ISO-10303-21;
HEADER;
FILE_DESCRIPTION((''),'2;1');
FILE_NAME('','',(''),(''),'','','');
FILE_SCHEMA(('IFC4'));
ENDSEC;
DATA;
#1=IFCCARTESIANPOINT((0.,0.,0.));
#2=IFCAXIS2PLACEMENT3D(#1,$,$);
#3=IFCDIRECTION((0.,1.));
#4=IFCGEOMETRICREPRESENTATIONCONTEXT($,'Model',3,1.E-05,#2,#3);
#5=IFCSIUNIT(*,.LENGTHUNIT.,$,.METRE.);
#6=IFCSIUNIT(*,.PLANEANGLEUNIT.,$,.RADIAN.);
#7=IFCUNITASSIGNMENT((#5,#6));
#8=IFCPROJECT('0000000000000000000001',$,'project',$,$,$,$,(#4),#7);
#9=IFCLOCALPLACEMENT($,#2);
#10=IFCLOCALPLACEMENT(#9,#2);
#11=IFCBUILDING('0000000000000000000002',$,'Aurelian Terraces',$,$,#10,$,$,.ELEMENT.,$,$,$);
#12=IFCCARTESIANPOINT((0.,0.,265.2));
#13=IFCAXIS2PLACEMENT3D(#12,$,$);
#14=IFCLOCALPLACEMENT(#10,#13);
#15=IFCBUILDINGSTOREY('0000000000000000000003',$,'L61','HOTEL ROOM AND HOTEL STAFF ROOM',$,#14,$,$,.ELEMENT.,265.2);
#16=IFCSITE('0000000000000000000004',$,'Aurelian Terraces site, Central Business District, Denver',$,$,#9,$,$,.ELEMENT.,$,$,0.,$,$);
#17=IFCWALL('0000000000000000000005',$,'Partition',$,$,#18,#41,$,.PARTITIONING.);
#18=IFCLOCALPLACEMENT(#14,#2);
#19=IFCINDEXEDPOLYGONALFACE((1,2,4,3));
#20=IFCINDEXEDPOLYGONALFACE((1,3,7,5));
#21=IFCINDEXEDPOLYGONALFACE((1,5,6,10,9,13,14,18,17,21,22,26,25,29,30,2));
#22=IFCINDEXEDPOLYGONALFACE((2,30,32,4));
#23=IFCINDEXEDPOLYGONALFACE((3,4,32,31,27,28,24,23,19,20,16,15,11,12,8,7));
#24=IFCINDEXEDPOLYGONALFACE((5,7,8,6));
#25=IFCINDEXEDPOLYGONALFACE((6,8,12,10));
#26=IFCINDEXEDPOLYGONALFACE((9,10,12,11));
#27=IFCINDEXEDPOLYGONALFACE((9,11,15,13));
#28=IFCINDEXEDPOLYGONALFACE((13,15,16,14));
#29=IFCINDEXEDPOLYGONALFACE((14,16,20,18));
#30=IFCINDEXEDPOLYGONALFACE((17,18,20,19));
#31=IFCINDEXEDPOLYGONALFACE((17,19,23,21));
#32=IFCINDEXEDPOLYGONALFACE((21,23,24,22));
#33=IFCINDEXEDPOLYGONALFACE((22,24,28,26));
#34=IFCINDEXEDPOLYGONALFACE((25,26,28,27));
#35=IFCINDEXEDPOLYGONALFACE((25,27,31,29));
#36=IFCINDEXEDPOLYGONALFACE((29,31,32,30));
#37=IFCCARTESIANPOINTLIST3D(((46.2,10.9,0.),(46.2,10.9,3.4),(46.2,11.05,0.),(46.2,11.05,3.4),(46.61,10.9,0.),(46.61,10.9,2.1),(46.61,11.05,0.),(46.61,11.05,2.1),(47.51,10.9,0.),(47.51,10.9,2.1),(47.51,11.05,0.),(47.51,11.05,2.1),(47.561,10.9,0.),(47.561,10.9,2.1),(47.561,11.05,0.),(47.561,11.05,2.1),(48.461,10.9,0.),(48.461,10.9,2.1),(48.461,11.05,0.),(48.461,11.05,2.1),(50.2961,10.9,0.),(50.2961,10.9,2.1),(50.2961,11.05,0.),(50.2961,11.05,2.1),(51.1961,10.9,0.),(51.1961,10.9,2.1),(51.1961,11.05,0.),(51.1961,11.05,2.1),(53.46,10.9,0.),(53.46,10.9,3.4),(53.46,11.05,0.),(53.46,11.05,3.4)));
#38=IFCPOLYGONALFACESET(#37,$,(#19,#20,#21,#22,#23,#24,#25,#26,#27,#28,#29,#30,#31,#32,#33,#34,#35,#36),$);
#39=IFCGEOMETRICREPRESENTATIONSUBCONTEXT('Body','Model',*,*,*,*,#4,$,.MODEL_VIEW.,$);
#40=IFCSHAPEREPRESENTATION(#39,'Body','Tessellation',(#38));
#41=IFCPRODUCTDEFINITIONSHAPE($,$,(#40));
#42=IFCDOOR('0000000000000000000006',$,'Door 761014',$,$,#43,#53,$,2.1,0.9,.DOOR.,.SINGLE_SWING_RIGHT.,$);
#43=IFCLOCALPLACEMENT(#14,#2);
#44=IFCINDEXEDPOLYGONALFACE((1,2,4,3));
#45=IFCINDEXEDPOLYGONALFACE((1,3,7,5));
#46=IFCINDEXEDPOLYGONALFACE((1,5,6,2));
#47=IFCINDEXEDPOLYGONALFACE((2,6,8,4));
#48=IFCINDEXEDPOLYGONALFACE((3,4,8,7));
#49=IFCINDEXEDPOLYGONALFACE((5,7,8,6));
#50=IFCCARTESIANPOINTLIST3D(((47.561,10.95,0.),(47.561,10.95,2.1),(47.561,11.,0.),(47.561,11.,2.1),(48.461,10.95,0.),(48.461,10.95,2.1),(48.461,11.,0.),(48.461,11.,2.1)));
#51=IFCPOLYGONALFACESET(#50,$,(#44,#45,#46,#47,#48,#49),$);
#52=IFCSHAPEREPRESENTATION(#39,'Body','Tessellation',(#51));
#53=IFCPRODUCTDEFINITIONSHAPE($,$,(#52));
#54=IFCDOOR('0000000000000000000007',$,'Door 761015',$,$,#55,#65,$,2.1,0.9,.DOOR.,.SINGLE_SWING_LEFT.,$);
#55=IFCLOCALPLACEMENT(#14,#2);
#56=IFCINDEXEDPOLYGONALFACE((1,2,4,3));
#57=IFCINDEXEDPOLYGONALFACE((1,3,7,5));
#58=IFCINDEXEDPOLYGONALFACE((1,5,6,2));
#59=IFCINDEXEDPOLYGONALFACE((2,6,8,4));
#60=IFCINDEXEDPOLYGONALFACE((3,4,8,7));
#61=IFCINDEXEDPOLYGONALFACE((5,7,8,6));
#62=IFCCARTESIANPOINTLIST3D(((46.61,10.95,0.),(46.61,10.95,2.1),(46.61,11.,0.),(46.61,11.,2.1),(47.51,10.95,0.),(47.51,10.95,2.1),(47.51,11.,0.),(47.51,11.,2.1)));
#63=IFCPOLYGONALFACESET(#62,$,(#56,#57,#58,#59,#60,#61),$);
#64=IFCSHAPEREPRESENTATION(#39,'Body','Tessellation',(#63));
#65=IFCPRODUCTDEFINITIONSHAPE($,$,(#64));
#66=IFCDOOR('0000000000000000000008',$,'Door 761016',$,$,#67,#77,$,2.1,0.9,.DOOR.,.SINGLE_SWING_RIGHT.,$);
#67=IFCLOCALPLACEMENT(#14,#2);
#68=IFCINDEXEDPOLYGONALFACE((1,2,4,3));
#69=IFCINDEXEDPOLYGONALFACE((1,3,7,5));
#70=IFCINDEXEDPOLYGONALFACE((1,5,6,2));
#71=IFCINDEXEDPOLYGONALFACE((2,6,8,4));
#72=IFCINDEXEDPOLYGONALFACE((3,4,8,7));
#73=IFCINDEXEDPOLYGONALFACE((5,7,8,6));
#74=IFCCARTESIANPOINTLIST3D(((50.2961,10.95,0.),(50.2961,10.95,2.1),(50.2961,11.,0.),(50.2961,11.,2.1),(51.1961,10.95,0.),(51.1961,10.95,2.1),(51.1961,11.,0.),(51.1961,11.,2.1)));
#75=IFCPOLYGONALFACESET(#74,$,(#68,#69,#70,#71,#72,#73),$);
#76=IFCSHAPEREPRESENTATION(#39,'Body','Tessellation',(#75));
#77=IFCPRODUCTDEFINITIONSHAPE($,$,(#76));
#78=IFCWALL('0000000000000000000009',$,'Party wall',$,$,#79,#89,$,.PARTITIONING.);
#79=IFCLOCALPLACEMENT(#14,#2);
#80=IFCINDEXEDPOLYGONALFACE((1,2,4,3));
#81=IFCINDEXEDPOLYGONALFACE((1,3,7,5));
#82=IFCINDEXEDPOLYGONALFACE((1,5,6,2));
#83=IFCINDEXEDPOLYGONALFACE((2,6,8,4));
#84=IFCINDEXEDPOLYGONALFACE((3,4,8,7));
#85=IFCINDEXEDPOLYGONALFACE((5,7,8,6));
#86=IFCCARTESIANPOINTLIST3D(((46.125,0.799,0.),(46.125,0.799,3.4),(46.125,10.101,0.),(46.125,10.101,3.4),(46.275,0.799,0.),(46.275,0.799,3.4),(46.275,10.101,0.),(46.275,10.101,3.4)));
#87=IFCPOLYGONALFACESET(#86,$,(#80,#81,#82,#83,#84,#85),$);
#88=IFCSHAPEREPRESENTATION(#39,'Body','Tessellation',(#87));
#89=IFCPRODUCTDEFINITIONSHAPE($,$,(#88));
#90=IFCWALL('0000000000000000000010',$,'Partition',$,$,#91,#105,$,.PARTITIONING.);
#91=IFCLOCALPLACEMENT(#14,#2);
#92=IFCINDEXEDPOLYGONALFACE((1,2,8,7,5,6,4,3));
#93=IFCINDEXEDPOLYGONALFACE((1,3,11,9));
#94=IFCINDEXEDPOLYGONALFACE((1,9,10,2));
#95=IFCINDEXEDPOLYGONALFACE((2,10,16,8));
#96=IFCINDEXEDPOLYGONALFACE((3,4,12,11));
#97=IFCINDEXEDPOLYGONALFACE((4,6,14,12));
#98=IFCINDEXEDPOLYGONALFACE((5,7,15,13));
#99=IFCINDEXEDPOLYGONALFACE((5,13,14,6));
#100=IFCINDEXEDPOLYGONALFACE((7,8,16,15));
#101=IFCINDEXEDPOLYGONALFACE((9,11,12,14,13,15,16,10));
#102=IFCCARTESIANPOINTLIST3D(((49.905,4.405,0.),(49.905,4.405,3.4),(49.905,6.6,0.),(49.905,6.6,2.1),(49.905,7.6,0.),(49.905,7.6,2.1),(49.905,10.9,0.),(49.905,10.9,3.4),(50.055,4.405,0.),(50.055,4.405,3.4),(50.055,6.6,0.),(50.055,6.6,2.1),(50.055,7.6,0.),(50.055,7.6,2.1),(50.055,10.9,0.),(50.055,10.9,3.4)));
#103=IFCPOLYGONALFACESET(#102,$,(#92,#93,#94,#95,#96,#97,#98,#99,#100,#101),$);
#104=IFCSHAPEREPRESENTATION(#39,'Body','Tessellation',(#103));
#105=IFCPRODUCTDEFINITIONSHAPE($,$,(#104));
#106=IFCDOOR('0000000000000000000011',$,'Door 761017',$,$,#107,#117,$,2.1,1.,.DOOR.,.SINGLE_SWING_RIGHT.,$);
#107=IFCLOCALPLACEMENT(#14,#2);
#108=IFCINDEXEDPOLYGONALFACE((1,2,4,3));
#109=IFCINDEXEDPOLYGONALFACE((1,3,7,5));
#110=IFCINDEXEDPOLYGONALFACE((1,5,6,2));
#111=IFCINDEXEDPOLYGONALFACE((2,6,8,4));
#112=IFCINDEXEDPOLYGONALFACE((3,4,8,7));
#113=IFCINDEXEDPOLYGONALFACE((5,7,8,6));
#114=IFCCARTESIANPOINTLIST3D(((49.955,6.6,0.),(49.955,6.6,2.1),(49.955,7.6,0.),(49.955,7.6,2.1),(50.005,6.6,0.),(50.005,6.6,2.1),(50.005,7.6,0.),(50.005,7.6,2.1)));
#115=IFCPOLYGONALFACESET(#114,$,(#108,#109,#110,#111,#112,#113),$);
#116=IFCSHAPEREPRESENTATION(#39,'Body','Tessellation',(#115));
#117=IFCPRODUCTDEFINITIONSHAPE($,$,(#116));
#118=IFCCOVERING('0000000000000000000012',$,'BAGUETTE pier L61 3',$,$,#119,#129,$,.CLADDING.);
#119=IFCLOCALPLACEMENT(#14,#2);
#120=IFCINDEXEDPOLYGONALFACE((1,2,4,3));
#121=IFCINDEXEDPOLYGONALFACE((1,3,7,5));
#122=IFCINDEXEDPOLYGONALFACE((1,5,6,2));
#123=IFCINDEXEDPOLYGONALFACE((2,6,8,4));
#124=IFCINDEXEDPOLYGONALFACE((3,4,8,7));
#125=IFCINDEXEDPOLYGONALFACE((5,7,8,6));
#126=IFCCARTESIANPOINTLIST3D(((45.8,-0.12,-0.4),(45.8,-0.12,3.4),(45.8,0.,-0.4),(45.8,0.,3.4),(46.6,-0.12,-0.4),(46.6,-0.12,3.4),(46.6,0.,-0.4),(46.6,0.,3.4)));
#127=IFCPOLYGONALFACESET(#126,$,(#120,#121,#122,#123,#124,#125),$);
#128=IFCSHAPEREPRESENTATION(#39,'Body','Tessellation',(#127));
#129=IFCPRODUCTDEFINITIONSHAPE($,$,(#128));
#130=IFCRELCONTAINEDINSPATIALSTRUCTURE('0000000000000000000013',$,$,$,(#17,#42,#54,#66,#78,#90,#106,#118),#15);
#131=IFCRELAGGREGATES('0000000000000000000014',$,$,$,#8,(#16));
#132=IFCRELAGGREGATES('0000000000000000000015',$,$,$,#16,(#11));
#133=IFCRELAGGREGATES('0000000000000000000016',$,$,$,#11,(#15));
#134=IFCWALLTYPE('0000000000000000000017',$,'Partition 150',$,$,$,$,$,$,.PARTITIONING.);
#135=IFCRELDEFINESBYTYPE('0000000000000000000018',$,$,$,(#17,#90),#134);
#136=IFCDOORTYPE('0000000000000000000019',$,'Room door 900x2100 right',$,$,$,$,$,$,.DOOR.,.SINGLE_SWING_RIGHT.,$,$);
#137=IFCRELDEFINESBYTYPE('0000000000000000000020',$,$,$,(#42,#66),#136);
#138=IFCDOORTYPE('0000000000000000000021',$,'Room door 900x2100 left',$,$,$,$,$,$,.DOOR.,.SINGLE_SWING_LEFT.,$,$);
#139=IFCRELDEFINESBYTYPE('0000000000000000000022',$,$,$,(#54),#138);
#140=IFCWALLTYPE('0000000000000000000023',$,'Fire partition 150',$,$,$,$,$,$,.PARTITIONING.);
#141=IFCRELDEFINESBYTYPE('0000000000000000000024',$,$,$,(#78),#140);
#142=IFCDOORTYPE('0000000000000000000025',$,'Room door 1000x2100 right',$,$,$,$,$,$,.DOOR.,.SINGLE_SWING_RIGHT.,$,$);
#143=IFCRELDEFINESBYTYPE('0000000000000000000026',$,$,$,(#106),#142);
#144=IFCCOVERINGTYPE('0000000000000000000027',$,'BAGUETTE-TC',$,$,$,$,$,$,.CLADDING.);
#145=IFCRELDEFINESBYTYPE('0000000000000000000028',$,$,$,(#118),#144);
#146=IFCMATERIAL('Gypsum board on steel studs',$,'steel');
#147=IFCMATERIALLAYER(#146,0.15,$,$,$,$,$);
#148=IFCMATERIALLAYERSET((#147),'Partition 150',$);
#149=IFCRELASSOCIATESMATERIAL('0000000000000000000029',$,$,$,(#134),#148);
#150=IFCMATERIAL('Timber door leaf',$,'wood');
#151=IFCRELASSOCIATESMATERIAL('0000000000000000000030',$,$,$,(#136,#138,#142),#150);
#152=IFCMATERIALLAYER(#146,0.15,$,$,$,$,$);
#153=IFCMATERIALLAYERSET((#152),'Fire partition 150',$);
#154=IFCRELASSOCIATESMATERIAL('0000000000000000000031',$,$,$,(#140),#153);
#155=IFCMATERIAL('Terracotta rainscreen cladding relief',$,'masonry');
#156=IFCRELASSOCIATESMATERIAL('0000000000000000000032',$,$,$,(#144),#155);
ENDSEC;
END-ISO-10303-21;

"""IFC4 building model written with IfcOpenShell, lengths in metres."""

from ifc_helpers import new_model, si_unit, direction, frame, frame_2d, origin, origin_2d, place, context, subcontext, project, spatial, rectangle, extrude, source, transform, mapped, material, layer, layer_set, type_object, element, fill, save


model = new_model("IFC4")

# Units and contexts
model_context = context("Model", 3, precision=1e-05, world=origin(), true_north=direction((0.0, 1.0)))
body_context = subcontext(model_context, "Body", "Model", "MODEL_VIEW")
ifc_project = project(units=[si_unit("LENGTHUNIT", "METRE"), si_unit("PLANEANGLEUNIT", "RADIAN")], contexts=[model_context])

# Site, building, storey
site_placement = place(None, origin())
site = spatial("IfcSite", under=ifc_project, at=site_placement, Name="Aurelian Terraces site, Central Business District, Denver", CompositionType="ELEMENT", RefElevation=0.0)
building_placement = place(site_placement, origin())
building = spatial("IfcBuilding", under=site, at=building_placement, Name="Aurelian Terraces", CompositionType="ELEMENT")
storey_placement = place(building_placement, frame((0.0, 0.0, 265.2)))
storey = spatial("IfcBuildingStorey", under=building, at=storey_placement, Name="L61", Description="HOTEL ROOM AND HOTEL STAFF ROOM", CompositionType="ELEMENT", Elevation=265.2)

# Wall, openings, doors
ifc_material_1 = material(Name="Gypsum board on steel studs", Category="steel")
ifc_layer_1 = layer(ifc_material_1, 0.15)
ifc_layer_set_1 = layer_set([ifc_layer_1], Name="Partition 150")
wall_type_1 = type_object("IfcWallType", Name="Partition 150", PredefinedType="PARTITIONING", material=ifc_layer_set_1)
shared_shape_1 = source(origin(), body_context, "Body", "SweptSolid", [
    extrude(rectangle(XDim=7.26, YDim=0.15, at=frame_2d((3.63, 0.0))), origin(), (0.0, 0.0, 1.0), 3.4),
])
wall_1_placement = place(storey_placement, frame((53.46, 10.975, 0.0), z_axis=(0.0, 0.0, 1.0), x_axis=(-1.0, 0.0, 0.0)))
wall_1 = element("IfcWall", 1, at=wall_1_placement, inside=storey, type_object=wall_type_1, Name="Partition", PredefinedType="PARTITIONING", context=body_context, shape_type="MappedRepresentation", body=[
    mapped(shared_shape_1, transform((0.0, 0.0, 0.0), scale=1.0)),
])
shared_shape_2 = source(origin(), body_context, "Body", "SweptSolid", [
    extrude(rectangle(XDim=0.9, YDim=2.1, at=frame_2d((0.45, 1.05))), frame((0.0, 0.085, 0.0), z_axis=(0.0, -1.0, 0.0), x_axis=(1.0, 0.0, 0.0)), (0.0, 0.0, 1.0), 0.17),
])
opening_1_placement = place(wall_1_placement, frame((4.999, 0.0, 0.0)))
opening_1 = element("IfcOpeningElement", 2, at=opening_1_placement, cuts=wall_1, PredefinedType="OPENING", context=body_context, shape_type="MappedRepresentation", body=[
    mapped(shared_shape_2, transform((0.0, 0.0, 0.0), scale=1.0)),
])
opening_2_placement = place(wall_1_placement, frame((5.95, 0.0, 0.0)))
opening_2 = element("IfcOpeningElement", 3, at=opening_2_placement, cuts=wall_1, PredefinedType="OPENING", context=body_context, shape_type="MappedRepresentation", body=[
    mapped(shared_shape_2, transform((0.0, 0.0, 0.0), scale=1.0)),
])
opening_3_placement = place(wall_1_placement, frame((2.2639, 0.0, 0.0)))
opening_3 = element("IfcOpeningElement", 4, at=opening_3_placement, cuts=wall_1, PredefinedType="OPENING", context=body_context, shape_type="MappedRepresentation", body=[
    mapped(shared_shape_2, transform((0.0, 0.0, 0.0), scale=1.0)),
])
ifc_material_2 = material(Name="Timber door leaf", Category="wood")
door_type_1 = type_object("IfcDoorType", Name="Room door 900x2100 right", OperationType="SINGLE_SWING_RIGHT", PredefinedType="DOOR", material=ifc_material_2)
shared_shape_3 = source(origin(), body_context, "Body", "SweptSolid", [
    extrude(rectangle(XDim=0.9, YDim=2.1, at=frame_2d((0.45, 1.05))), frame((0.0, 0.025, 0.0), z_axis=(0.0, -1.0, 0.0), x_axis=(1.0, 0.0, 0.0)), (0.0, 0.0, 1.0), 0.05),
])
door_1_placement = place(opening_1_placement, origin())
door_1 = element("IfcDoor", 5, at=door_1_placement, inside=storey, type_object=door_type_1, Name="Door 761014", OperationType="SINGLE_SWING_RIGHT", OverallHeight=2.1, OverallWidth=0.9, PredefinedType="DOOR", context=body_context, shape_type="MappedRepresentation", body=[
    mapped(shared_shape_3, transform((0.0, 0.0, 0.0), scale=1.0)),
])
fill(opening_1, door_1)
door_type_2 = type_object("IfcDoorType", Name="Room door 900x2100 left", OperationType="SINGLE_SWING_LEFT", PredefinedType="DOOR", material=ifc_material_2)
door_2_placement = place(opening_2_placement, origin())
door_2 = element("IfcDoor", 6, at=door_2_placement, inside=storey, type_object=door_type_2, Name="Door 761015", OperationType="SINGLE_SWING_LEFT", OverallHeight=2.1, OverallWidth=0.9, PredefinedType="DOOR", context=body_context, shape_type="MappedRepresentation", body=[
    mapped(shared_shape_3, transform((0.0, 0.0, 0.0), scale=1.0)),
])
fill(opening_2, door_2)
door_3_placement = place(opening_3_placement, origin())
door_3 = element("IfcDoor", 7, at=door_3_placement, inside=storey, type_object=door_type_1, Name="Door 761016", OperationType="SINGLE_SWING_RIGHT", OverallHeight=2.1, OverallWidth=0.9, PredefinedType="DOOR", context=body_context, shape_type="MappedRepresentation", body=[
    mapped(shared_shape_3, transform((0.0, 0.0, 0.0), scale=1.0)),
])
fill(opening_3, door_3)

# Wall
ifc_layer_2 = layer(ifc_material_1, 0.15)
ifc_layer_set_2 = layer_set([ifc_layer_2], Name="Fire partition 150")
wall_type_2 = type_object("IfcWallType", Name="Fire partition 150", PredefinedType="PARTITIONING", material=ifc_layer_set_2)
shared_shape_4 = source(origin(), body_context, "Body", "SweptSolid", [
    extrude(rectangle(XDim=9.302, YDim=0.15, at=frame_2d((4.651, 0.0))), origin(), (0.0, 0.0, 1.0), 3.4),
])
wall_2_placement = place(storey_placement, frame((46.2, 0.799, 0.0), z_axis=(0.0, 0.0, 1.0), x_axis=(0.0, 1.0, 0.0)))
element("IfcWall", 8, at=wall_2_placement, inside=storey, type_object=wall_type_2, Name="Party wall", PredefinedType="PARTITIONING", context=body_context, shape_type="MappedRepresentation", body=[
    mapped(shared_shape_4, transform((0.0, 0.0, 0.0), scale=1.0)),
])

# Wall, opening, door
shared_shape_5 = source(origin(), body_context, "Body", "SweptSolid", [
    extrude(rectangle(XDim=6.495, YDim=0.15, at=frame_2d((3.2475, 0.0))), origin(), (0.0, 0.0, 1.0), 3.4),
])
wall_3_placement = place(storey_placement, frame((49.98, 4.405, 0.0), z_axis=(0.0, 0.0, 1.0), x_axis=(0.0, 1.0, 0.0)))
wall_3 = element("IfcWall", 9, at=wall_3_placement, inside=storey, type_object=wall_type_1, Name="Partition", PredefinedType="PARTITIONING", context=body_context, shape_type="MappedRepresentation", body=[
    mapped(shared_shape_5, transform((0.0, 0.0, 0.0), scale=1.0)),
])
shared_shape_6 = source(origin(), body_context, "Body", "SweptSolid", [
    extrude(rectangle(XDim=1.0, YDim=2.1, at=frame_2d((0.5, 1.05))), frame((0.0, 0.085, 0.0), z_axis=(0.0, -1.0, 0.0), x_axis=(1.0, 0.0, 0.0)), (0.0, 0.0, 1.0), 0.17),
])
opening_4_placement = place(wall_3_placement, frame((2.195, 0.0, 0.0)))
opening_4 = element("IfcOpeningElement", 10, at=opening_4_placement, cuts=wall_3, PredefinedType="OPENING", context=body_context, shape_type="MappedRepresentation", body=[
    mapped(shared_shape_6, transform((0.0, 0.0, 0.0), scale=1.0)),
])
door_type_3 = type_object("IfcDoorType", Name="Room door 1000x2100 right", OperationType="SINGLE_SWING_RIGHT", PredefinedType="DOOR", material=ifc_material_2)
shared_shape_7 = source(origin(), body_context, "Body", "SweptSolid", [
    extrude(rectangle(XDim=1.0, YDim=2.1, at=frame_2d((0.5, 1.05))), frame((0.0, 0.025, 0.0), z_axis=(0.0, -1.0, 0.0), x_axis=(1.0, 0.0, 0.0)), (0.0, 0.0, 1.0), 0.05),
])
door_4_placement = place(opening_4_placement, origin())
door_4 = element("IfcDoor", 11, at=door_4_placement, inside=storey, type_object=door_type_3, Name="Door 761017", OperationType="SINGLE_SWING_RIGHT", OverallHeight=2.1, OverallWidth=1.0, PredefinedType="DOOR", context=body_context, shape_type="MappedRepresentation", body=[
    mapped(shared_shape_7, transform((0.0, 0.0, 0.0), scale=1.0)),
])
fill(opening_4, door_4)

# Covering
ifc_material_3 = material(Name="Terracotta rainscreen cladding relief", Category="masonry")
covering_type = type_object("IfcCoveringType", Name="BAGUETTE-TC", PredefinedType="CLADDING", material=ifc_material_3)
shared_shape_8 = source(origin(), body_context, "Body", "SweptSolid", [
    extrude(rectangle(XDim=0.8, YDim=0.12, at=origin_2d()), origin(), (0.0, 0.0, 1.0), 3.8),
])
covering_placement = place(storey_placement, frame((46.2, -0.06, -0.4), z_axis=(0.0, 0.0, 1.0), x_axis=(1.0, 0.0, 0.0)))
element("IfcCovering", 12, at=covering_placement, inside=storey, type_object=covering_type, Name="BAGUETTE pier L61 3", PredefinedType="CLADDING", context=body_context, shape_type="MappedRepresentation", body=[
    mapped(shared_shape_8, transform((0.0, 0.0, 0.0), scale=1.0)),
])

save(model, "model.ifc")
